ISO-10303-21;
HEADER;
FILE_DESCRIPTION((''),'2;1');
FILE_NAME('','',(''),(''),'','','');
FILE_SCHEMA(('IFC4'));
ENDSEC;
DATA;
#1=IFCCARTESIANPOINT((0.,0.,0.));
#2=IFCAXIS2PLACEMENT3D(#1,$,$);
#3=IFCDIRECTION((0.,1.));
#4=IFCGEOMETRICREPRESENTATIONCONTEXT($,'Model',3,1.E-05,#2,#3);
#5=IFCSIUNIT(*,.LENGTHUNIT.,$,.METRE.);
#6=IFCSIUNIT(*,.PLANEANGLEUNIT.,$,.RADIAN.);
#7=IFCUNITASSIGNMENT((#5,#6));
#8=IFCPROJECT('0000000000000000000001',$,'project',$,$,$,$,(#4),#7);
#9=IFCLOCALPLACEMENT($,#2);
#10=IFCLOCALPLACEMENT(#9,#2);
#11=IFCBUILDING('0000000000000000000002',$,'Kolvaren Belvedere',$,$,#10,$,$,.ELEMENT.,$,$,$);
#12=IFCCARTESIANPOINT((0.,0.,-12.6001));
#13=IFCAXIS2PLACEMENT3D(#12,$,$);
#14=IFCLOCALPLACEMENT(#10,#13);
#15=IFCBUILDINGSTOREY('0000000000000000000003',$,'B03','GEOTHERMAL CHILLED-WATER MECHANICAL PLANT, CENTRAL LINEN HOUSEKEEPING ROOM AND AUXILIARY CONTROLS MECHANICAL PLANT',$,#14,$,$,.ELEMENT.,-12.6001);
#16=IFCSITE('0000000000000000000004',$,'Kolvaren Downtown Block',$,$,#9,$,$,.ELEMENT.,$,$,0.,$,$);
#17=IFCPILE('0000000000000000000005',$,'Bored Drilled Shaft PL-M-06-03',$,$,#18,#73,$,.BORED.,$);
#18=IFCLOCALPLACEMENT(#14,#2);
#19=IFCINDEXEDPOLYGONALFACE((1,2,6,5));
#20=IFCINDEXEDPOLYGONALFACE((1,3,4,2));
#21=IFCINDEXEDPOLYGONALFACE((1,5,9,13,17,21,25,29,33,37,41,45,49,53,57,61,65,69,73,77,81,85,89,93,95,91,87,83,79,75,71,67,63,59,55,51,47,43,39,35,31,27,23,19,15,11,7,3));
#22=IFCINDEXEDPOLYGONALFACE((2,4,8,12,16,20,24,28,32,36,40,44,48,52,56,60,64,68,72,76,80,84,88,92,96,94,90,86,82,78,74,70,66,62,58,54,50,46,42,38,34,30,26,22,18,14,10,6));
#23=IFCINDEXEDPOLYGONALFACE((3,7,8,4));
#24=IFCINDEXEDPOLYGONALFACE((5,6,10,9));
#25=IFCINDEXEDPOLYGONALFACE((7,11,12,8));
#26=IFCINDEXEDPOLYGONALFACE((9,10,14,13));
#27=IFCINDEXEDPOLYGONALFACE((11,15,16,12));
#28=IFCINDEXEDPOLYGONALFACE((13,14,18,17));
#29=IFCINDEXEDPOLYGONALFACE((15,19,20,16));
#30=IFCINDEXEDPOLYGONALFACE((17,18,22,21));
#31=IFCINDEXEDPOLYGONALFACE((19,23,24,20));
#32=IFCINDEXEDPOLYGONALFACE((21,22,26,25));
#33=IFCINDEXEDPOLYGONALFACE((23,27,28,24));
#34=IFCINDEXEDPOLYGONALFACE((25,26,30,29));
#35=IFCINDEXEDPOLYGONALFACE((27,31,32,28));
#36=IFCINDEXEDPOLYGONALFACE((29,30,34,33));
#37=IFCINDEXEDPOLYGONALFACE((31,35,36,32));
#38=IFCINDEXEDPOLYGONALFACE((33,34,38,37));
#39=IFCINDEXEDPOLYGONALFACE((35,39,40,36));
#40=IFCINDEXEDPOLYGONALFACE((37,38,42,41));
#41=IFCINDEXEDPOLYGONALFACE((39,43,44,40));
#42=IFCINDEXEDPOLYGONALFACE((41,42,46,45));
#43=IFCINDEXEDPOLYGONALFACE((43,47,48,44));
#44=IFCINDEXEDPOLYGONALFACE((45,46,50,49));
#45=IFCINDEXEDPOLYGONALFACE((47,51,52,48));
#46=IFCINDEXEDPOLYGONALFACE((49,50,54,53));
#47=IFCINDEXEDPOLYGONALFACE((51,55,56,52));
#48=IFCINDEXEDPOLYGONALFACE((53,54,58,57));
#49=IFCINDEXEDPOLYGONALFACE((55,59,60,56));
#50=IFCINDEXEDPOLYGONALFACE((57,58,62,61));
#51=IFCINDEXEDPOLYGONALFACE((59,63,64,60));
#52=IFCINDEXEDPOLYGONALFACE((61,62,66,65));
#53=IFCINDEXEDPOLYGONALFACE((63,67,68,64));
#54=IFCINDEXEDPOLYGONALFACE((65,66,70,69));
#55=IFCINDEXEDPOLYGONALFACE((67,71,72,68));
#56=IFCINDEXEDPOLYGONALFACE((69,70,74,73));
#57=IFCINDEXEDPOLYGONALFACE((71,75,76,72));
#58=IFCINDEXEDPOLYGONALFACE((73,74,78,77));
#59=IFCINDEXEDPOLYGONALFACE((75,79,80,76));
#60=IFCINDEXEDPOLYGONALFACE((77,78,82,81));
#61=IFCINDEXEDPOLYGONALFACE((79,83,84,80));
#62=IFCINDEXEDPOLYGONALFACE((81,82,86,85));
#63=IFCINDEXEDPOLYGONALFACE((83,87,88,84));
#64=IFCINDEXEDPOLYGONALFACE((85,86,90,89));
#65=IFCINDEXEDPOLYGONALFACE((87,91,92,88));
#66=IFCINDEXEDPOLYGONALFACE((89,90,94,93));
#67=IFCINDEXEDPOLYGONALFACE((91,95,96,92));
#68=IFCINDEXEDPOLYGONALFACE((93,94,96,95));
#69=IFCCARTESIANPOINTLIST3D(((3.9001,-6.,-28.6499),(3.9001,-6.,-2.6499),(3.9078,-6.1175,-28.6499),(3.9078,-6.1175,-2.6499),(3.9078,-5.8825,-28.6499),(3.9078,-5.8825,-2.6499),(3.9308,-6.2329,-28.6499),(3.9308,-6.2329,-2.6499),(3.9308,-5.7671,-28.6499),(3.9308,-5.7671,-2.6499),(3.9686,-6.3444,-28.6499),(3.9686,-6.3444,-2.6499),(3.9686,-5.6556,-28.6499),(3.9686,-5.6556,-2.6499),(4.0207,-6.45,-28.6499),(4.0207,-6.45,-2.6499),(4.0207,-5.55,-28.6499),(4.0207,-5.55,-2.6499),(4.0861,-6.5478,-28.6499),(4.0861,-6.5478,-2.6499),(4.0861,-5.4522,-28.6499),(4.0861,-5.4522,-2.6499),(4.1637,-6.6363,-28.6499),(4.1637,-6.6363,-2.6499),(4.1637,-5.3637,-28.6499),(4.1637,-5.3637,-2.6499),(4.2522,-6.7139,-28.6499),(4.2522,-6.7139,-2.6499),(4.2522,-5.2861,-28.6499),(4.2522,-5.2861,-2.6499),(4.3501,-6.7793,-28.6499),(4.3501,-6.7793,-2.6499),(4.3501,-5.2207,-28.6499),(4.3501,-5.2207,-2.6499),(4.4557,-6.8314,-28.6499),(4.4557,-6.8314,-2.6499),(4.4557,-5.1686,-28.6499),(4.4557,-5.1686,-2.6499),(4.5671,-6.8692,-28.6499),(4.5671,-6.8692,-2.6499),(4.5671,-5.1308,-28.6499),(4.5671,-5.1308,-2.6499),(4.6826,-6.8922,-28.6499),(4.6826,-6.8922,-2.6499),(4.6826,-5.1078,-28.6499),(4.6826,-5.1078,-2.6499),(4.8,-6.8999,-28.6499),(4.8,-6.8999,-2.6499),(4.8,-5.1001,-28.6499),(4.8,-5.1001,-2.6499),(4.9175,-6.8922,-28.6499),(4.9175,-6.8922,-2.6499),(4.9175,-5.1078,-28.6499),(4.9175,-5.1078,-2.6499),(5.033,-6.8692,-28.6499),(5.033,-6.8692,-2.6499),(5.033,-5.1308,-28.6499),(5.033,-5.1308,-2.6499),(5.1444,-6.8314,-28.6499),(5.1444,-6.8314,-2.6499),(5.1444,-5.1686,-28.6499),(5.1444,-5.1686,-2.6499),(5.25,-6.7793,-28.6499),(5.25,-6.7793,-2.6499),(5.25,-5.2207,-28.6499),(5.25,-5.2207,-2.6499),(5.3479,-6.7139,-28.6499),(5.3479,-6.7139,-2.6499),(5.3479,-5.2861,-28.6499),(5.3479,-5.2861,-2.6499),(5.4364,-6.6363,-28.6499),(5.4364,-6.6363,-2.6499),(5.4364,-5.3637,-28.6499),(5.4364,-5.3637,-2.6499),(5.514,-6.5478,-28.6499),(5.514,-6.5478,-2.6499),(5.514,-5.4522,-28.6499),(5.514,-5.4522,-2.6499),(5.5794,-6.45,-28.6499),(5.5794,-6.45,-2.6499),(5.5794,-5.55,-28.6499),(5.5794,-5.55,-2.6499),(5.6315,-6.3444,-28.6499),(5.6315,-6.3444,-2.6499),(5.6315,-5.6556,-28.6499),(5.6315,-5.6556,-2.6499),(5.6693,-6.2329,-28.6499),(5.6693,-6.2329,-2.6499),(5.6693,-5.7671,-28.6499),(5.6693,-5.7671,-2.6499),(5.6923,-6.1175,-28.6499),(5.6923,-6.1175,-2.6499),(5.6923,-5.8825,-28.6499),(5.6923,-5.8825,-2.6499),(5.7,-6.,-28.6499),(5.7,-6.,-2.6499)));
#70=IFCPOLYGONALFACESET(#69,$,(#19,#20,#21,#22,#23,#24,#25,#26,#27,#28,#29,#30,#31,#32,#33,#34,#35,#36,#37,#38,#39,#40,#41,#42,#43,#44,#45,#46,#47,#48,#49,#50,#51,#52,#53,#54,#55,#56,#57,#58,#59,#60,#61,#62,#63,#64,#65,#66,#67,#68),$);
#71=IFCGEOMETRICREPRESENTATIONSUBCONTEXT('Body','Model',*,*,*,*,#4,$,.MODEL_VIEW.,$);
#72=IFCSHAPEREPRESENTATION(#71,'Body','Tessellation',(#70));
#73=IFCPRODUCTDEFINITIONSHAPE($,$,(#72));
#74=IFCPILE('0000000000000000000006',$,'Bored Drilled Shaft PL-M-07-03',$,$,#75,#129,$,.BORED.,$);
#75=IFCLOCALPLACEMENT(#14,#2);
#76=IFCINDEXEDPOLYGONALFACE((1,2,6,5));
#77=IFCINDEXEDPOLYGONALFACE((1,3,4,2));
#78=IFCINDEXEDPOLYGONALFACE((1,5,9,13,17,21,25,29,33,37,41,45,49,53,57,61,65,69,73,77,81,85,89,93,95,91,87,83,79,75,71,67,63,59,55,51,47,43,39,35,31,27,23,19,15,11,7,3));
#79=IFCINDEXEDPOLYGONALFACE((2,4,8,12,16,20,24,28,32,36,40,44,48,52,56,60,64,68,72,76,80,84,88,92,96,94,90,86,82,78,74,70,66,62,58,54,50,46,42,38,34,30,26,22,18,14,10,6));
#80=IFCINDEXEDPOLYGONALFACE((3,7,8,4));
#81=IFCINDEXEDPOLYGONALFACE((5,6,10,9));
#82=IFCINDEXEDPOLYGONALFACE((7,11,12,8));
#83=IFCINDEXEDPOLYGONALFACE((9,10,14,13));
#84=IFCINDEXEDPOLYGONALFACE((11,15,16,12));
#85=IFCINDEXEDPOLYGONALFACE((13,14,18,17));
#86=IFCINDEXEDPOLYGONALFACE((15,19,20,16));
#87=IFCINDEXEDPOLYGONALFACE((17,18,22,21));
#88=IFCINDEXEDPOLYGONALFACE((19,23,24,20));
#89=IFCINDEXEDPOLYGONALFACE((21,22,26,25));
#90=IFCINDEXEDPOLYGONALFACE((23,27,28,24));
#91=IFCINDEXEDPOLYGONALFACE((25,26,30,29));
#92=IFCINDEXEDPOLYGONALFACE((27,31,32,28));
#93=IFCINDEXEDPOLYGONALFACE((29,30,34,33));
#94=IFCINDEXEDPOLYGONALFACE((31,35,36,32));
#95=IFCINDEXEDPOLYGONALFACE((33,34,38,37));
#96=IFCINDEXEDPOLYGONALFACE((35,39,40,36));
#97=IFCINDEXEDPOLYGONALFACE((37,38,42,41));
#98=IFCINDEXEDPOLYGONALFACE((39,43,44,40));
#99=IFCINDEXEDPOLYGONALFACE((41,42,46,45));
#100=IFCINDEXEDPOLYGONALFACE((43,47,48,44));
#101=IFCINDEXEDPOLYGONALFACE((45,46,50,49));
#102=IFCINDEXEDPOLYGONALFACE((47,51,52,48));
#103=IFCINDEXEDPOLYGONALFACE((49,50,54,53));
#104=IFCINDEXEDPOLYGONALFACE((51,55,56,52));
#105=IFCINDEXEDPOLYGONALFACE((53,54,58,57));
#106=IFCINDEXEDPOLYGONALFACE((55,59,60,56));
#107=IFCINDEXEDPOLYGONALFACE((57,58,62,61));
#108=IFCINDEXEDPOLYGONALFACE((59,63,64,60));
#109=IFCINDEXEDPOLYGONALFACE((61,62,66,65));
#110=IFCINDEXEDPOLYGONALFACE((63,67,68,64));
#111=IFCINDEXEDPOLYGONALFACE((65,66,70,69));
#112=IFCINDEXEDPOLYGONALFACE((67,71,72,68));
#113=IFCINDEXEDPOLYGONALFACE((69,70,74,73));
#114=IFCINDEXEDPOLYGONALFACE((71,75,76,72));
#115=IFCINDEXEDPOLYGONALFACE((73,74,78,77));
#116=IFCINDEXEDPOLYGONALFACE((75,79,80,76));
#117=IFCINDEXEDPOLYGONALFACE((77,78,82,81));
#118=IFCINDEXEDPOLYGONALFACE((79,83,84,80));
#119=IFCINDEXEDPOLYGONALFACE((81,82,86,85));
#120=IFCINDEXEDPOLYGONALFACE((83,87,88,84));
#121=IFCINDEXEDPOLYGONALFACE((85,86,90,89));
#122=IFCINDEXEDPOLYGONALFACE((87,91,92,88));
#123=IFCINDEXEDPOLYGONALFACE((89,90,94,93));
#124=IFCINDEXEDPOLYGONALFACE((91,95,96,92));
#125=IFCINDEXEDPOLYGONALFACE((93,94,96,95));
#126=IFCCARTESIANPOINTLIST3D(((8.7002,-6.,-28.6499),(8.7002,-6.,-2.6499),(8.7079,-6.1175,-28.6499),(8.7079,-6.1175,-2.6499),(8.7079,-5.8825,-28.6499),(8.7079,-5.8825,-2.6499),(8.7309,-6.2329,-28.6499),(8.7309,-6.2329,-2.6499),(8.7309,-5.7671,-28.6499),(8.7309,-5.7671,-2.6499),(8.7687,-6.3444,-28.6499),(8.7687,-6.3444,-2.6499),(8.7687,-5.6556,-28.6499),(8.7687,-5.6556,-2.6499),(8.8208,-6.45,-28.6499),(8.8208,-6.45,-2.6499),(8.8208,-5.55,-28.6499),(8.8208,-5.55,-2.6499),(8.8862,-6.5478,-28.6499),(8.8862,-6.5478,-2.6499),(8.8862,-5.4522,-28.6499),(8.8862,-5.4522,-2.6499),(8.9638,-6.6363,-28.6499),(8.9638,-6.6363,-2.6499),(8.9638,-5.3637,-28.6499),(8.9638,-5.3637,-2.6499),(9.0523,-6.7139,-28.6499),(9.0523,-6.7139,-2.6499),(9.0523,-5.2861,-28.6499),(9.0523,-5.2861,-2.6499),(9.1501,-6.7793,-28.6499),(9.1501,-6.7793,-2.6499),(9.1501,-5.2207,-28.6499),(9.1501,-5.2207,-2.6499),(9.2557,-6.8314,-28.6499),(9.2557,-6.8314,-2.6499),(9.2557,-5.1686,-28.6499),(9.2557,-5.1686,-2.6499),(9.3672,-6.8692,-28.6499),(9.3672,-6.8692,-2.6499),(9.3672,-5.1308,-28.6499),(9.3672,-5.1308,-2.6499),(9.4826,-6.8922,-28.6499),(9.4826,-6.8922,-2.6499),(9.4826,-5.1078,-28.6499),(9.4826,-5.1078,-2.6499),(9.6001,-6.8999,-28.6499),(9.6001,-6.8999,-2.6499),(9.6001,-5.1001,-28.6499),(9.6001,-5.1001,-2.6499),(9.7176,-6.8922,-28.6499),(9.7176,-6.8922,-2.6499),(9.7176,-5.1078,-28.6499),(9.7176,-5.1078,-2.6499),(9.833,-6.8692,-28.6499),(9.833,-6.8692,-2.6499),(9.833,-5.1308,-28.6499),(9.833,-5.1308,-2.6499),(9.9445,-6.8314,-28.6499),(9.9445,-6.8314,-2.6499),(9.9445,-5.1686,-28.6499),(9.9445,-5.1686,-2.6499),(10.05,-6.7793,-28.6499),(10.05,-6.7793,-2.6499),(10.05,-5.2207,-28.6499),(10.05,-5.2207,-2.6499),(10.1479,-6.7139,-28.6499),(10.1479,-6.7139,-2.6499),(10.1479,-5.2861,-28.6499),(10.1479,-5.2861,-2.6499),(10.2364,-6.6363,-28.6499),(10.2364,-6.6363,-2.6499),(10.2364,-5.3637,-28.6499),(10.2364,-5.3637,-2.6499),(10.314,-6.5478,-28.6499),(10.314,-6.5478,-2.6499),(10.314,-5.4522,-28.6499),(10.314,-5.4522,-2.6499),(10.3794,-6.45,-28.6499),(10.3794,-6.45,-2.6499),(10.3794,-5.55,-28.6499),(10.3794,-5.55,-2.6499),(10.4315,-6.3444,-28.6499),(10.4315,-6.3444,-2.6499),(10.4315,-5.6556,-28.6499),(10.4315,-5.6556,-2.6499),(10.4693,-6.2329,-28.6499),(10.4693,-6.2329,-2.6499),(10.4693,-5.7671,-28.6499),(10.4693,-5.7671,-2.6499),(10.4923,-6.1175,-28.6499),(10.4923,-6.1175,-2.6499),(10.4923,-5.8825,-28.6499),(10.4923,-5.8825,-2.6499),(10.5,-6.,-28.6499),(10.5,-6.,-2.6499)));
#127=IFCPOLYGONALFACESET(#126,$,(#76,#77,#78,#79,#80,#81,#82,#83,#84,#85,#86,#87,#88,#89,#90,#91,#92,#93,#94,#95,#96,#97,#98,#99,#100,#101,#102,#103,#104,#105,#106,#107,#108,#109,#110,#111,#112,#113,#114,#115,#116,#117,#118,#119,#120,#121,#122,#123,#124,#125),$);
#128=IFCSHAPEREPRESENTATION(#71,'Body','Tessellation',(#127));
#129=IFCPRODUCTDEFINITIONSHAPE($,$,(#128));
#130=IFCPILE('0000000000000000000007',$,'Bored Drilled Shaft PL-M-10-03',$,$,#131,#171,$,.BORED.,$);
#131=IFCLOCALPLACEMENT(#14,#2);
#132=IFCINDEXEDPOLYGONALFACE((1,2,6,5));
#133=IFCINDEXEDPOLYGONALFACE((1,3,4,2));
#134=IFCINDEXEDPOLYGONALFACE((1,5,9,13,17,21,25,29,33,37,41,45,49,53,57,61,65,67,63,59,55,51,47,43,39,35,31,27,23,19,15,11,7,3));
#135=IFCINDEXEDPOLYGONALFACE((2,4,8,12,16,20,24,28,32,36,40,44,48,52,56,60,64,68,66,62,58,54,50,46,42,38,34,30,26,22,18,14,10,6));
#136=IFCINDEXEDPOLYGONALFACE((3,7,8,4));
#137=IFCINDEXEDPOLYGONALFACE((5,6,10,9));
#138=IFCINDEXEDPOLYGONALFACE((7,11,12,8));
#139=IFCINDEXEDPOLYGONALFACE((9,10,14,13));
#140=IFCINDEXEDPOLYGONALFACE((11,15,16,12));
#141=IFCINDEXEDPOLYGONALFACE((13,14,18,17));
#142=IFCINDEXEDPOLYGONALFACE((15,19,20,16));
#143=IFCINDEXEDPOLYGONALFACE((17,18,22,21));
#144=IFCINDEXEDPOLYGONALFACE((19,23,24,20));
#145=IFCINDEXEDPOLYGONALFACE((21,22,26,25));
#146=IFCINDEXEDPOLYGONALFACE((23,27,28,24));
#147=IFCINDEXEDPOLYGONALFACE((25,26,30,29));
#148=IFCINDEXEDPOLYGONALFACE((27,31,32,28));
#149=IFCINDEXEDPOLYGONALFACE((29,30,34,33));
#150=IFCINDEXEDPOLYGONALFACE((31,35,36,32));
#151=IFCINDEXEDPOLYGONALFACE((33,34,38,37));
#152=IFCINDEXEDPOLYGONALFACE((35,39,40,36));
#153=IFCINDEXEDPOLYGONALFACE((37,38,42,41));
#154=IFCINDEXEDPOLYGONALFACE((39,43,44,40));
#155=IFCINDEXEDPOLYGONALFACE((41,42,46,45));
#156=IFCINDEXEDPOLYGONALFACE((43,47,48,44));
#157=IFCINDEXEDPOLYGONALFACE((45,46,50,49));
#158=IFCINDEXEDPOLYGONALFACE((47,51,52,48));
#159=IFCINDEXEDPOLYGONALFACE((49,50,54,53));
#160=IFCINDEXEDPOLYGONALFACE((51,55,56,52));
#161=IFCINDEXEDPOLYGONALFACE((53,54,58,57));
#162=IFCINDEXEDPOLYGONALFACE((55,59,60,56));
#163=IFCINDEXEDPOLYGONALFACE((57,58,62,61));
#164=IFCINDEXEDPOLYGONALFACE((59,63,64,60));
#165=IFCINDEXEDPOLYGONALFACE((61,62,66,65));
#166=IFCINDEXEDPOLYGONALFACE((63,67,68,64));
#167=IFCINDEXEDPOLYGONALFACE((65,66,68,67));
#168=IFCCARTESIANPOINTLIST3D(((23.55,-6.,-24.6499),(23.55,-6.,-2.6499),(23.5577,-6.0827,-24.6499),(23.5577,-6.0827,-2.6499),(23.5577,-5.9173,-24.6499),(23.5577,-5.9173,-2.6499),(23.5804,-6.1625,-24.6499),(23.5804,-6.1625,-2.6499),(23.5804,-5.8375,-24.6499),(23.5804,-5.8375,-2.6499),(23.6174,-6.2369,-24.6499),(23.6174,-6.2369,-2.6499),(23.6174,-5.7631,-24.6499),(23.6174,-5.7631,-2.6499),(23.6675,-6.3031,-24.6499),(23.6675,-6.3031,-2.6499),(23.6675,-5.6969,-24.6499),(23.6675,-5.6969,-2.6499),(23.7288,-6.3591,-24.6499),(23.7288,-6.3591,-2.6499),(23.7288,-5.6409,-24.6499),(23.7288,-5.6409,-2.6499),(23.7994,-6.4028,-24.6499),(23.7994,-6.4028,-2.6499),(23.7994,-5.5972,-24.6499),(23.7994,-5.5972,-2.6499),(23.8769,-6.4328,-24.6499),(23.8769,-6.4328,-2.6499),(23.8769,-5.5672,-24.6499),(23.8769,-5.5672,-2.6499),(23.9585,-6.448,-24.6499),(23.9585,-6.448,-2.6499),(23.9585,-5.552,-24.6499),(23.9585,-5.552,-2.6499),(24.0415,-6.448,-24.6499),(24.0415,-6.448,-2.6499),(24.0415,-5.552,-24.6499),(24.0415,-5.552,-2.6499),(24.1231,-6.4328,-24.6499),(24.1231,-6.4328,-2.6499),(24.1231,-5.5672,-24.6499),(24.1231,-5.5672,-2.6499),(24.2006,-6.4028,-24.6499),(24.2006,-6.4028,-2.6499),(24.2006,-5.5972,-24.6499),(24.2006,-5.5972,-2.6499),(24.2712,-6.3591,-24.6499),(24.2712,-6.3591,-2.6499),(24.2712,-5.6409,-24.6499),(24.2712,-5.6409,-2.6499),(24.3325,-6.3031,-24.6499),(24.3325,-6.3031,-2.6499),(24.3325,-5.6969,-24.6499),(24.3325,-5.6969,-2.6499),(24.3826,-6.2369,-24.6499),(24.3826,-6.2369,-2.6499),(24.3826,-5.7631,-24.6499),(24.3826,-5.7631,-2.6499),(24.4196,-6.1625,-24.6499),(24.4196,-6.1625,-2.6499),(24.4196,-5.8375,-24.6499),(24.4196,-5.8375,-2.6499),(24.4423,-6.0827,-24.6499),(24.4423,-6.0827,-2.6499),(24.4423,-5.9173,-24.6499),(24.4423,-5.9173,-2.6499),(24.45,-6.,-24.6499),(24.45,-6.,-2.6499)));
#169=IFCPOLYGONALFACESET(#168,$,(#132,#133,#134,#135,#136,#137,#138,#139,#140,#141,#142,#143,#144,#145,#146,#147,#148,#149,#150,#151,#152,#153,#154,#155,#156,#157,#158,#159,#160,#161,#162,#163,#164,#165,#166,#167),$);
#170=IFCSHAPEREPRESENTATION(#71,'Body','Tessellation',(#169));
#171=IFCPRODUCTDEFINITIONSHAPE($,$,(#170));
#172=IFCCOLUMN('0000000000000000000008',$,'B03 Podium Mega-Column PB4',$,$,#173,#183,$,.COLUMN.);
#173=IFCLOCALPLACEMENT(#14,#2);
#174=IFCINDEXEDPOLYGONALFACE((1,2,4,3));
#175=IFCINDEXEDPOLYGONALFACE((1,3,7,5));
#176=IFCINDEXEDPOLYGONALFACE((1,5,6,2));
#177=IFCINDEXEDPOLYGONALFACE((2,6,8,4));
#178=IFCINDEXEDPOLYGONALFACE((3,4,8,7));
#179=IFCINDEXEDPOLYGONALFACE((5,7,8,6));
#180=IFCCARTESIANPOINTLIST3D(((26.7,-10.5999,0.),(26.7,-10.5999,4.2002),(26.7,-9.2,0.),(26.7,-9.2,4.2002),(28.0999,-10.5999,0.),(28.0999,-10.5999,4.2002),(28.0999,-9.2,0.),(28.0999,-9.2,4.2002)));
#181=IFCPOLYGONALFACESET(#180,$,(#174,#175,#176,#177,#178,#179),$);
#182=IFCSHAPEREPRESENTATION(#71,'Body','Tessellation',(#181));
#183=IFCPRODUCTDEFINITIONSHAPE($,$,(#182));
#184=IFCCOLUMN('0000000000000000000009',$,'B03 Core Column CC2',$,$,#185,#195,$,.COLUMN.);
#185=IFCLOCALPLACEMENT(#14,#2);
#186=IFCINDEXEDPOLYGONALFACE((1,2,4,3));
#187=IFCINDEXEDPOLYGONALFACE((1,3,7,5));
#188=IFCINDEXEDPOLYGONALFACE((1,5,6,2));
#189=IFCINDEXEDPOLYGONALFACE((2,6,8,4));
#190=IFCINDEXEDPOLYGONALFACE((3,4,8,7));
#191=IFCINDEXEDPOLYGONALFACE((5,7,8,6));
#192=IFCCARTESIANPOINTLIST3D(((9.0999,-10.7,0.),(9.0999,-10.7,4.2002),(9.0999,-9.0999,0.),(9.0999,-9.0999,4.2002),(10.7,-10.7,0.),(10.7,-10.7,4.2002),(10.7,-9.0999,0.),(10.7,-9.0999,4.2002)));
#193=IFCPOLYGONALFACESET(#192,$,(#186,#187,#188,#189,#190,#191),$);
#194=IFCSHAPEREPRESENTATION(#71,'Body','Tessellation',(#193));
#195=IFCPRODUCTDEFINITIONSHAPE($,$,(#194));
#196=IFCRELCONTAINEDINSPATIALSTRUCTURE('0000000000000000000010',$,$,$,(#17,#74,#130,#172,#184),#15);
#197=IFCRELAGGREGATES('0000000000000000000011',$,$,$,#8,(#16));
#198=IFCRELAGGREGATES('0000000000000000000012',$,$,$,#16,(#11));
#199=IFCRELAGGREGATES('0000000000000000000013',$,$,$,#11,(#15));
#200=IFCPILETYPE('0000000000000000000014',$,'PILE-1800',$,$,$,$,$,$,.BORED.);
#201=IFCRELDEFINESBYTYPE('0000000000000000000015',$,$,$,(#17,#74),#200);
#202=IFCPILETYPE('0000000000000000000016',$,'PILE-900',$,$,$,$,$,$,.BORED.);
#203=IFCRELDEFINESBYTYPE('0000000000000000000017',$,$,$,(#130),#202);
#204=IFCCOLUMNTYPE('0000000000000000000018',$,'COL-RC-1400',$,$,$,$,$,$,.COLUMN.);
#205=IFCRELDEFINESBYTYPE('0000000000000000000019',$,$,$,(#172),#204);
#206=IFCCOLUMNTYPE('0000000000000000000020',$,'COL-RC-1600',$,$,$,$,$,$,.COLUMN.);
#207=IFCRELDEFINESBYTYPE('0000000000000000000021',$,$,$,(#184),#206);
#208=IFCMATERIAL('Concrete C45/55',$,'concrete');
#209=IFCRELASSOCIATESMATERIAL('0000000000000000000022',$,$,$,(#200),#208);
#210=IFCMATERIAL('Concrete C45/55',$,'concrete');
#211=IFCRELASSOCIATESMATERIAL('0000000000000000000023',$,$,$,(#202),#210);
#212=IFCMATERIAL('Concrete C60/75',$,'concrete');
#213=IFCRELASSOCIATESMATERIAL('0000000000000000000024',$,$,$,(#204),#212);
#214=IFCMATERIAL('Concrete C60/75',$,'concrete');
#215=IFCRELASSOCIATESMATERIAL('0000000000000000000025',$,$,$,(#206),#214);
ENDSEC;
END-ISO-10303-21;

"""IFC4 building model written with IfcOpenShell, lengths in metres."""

from ifc_helpers import new_model, si_unit, direction, frame, origin, origin_2d, place, context, subcontext, project, spatial, rectangle, circle, extrude, material, material_profile, profile_set, type_object, element, save


model = new_model("IFC4")

# Units and contexts
model_context = context("Model", 3, precision=1e-05, world=origin(), true_north=direction((0.0, 1.0)))
body_context = subcontext(model_context, "Body", "Model", "MODEL_VIEW")
ifc_project = project(units=[si_unit("LENGTHUNIT", "METRE"), si_unit("PLANEANGLEUNIT", "RADIAN")], contexts=[model_context])

# Site, building, storey
site_placement = place(None, origin())
site = spatial("IfcSite", under=ifc_project, at=site_placement, Name="Kolvaren Downtown Block", CompositionType="ELEMENT", RefElevation=0.0)
building_placement = place(site_placement, origin())
building = spatial("IfcBuilding", under=site, at=building_placement, Name="Kolvaren Belvedere", CompositionType="ELEMENT")
storey_placement = place(building_placement, frame((0.0, 0.0, -12.6001)))
storey = spatial("IfcBuildingStorey", under=building, at=storey_placement, Name="B03", Description="GEOTHERMAL CHILLED-WATER MECHANICAL PLANT, CENTRAL LINEN HOUSEKEEPING ROOM AND AUXILIARY CONTROLS MECHANICAL PLANT", CompositionType="ELEMENT", Elevation=-12.6001)

# Piles
ifc_material_1 = material(Name="Concrete C45/55", Category="concrete")
ifc_material_profile_1 = material_profile(ifc_material_1, circle(Radius=0.8999, at=origin_2d()), Name="BORED PILE D1800")
ifc_profile_set_1 = profile_set([ifc_material_profile_1], Name="Concrete C45/55")
pile_type_1 = type_object("IfcPileType", Name="PILE-1800", PredefinedType="BORED", material=ifc_profile_set_1)
for number, where, z_axis, x_axis, name in (
    (1, (4.8, -6.0, -2.6499), (0.0, 0.0, -1.0), (1.0, 0.0, 0.0), "Bored Drilled Shaft PL-M-06-03"),
    (2, (9.6001, -6.0, -2.6499), (0.0, 0.0, -1.0), (1.0, 0.0, 0.0), "Bored Drilled Shaft PL-M-07-03"),
):
    element("IfcPile", number, at=place(storey_placement, frame(where, z_axis=z_axis, x_axis=x_axis)), inside=storey, type_object=pile_type_1, Name=name, PredefinedType="BORED", context=body_context, shape_type="SweptSolid", body=[
        extrude(circle(Radius=0.8999, at=origin_2d()), origin(), (0.0, 0.0, 1.0), 26.0),
    ])
ifc_material_2 = material(Name="Concrete C45/55", Category="concrete")
ifc_material_profile_2 = material_profile(ifc_material_2, circle(Radius=0.45, at=origin_2d()), Name="BORED PILE D900")
ifc_profile_set_2 = profile_set([ifc_material_profile_2], Name="Concrete C45/55")
pile_type_2 = type_object("IfcPileType", Name="PILE-900", PredefinedType="BORED", material=ifc_profile_set_2)
pile_1_placement = place(storey_placement, frame((24.0, -6.0, -2.6499), z_axis=(0.0, 0.0, -1.0), x_axis=(1.0, 0.0, 0.0)))
element("IfcPile", 3, at=pile_1_placement, inside=storey, type_object=pile_type_2, Name="Bored Drilled Shaft PL-M-10-03", PredefinedType="BORED", context=body_context, shape_type="SweptSolid", body=[
    extrude(circle(Radius=0.45, at=origin_2d()), origin(), (0.0, 0.0, 1.0), 22.0),
])

# Columns
ifc_material_3 = material(Name="Concrete C60/75", Category="concrete")
ifc_material_profile_3 = material_profile(ifc_material_3, rectangle(XDim=1.3999, YDim=1.3999, at=origin_2d()), Name="RC 1400X1400")
ifc_profile_set_3 = profile_set([ifc_material_profile_3], Name="Concrete C60/75")
column_type_1 = type_object("IfcColumnType", Name="COL-RC-1400", PredefinedType="COLUMN", material=ifc_profile_set_3)
column_1_placement = place(storey_placement, frame((27.3999, -9.8999, 0.0), z_axis=(0.0, 0.0, 1.0), x_axis=(1.0, 0.0, 0.0)))
element("IfcColumn", 4, at=column_1_placement, inside=storey, type_object=column_type_1, Name="B03 Podium Mega-Column PB4", PredefinedType="COLUMN", context=body_context, shape_type="SweptSolid", body=[
    extrude(rectangle(XDim=1.3999, YDim=1.3999, at=origin_2d()), origin(), (0.0, 0.0, 1.0), 4.2002),
])
ifc_material_4 = material(Name="Concrete C60/75", Category="concrete")
ifc_material_profile_4 = material_profile(ifc_material_4, rectangle(XDim=1.6001, YDim=1.6001, at=origin_2d()), Name="RC 1600X1600")
ifc_profile_set_4 = profile_set([ifc_material_profile_4], Name="Concrete C60/75")
column_type_2 = type_object("IfcColumnType", Name="COL-RC-1600", PredefinedType="COLUMN", material=ifc_profile_set_4)
column_2_placement = place(storey_placement, frame((9.8999, -9.8999, 0.0), z_axis=(0.0, 0.0, 1.0), x_axis=(1.0, 0.0, 0.0)))
element("IfcColumn", 5, at=column_2_placement, inside=storey, type_object=column_type_2, Name="B03 Core Column CC2", PredefinedType="COLUMN", context=body_context, shape_type="SweptSolid", body=[
    extrude(rectangle(XDim=1.6001, YDim=1.6001, at=origin_2d()), origin(), (0.0, 0.0, 1.0), 4.2002),
])

save(model, "model.ifc")
